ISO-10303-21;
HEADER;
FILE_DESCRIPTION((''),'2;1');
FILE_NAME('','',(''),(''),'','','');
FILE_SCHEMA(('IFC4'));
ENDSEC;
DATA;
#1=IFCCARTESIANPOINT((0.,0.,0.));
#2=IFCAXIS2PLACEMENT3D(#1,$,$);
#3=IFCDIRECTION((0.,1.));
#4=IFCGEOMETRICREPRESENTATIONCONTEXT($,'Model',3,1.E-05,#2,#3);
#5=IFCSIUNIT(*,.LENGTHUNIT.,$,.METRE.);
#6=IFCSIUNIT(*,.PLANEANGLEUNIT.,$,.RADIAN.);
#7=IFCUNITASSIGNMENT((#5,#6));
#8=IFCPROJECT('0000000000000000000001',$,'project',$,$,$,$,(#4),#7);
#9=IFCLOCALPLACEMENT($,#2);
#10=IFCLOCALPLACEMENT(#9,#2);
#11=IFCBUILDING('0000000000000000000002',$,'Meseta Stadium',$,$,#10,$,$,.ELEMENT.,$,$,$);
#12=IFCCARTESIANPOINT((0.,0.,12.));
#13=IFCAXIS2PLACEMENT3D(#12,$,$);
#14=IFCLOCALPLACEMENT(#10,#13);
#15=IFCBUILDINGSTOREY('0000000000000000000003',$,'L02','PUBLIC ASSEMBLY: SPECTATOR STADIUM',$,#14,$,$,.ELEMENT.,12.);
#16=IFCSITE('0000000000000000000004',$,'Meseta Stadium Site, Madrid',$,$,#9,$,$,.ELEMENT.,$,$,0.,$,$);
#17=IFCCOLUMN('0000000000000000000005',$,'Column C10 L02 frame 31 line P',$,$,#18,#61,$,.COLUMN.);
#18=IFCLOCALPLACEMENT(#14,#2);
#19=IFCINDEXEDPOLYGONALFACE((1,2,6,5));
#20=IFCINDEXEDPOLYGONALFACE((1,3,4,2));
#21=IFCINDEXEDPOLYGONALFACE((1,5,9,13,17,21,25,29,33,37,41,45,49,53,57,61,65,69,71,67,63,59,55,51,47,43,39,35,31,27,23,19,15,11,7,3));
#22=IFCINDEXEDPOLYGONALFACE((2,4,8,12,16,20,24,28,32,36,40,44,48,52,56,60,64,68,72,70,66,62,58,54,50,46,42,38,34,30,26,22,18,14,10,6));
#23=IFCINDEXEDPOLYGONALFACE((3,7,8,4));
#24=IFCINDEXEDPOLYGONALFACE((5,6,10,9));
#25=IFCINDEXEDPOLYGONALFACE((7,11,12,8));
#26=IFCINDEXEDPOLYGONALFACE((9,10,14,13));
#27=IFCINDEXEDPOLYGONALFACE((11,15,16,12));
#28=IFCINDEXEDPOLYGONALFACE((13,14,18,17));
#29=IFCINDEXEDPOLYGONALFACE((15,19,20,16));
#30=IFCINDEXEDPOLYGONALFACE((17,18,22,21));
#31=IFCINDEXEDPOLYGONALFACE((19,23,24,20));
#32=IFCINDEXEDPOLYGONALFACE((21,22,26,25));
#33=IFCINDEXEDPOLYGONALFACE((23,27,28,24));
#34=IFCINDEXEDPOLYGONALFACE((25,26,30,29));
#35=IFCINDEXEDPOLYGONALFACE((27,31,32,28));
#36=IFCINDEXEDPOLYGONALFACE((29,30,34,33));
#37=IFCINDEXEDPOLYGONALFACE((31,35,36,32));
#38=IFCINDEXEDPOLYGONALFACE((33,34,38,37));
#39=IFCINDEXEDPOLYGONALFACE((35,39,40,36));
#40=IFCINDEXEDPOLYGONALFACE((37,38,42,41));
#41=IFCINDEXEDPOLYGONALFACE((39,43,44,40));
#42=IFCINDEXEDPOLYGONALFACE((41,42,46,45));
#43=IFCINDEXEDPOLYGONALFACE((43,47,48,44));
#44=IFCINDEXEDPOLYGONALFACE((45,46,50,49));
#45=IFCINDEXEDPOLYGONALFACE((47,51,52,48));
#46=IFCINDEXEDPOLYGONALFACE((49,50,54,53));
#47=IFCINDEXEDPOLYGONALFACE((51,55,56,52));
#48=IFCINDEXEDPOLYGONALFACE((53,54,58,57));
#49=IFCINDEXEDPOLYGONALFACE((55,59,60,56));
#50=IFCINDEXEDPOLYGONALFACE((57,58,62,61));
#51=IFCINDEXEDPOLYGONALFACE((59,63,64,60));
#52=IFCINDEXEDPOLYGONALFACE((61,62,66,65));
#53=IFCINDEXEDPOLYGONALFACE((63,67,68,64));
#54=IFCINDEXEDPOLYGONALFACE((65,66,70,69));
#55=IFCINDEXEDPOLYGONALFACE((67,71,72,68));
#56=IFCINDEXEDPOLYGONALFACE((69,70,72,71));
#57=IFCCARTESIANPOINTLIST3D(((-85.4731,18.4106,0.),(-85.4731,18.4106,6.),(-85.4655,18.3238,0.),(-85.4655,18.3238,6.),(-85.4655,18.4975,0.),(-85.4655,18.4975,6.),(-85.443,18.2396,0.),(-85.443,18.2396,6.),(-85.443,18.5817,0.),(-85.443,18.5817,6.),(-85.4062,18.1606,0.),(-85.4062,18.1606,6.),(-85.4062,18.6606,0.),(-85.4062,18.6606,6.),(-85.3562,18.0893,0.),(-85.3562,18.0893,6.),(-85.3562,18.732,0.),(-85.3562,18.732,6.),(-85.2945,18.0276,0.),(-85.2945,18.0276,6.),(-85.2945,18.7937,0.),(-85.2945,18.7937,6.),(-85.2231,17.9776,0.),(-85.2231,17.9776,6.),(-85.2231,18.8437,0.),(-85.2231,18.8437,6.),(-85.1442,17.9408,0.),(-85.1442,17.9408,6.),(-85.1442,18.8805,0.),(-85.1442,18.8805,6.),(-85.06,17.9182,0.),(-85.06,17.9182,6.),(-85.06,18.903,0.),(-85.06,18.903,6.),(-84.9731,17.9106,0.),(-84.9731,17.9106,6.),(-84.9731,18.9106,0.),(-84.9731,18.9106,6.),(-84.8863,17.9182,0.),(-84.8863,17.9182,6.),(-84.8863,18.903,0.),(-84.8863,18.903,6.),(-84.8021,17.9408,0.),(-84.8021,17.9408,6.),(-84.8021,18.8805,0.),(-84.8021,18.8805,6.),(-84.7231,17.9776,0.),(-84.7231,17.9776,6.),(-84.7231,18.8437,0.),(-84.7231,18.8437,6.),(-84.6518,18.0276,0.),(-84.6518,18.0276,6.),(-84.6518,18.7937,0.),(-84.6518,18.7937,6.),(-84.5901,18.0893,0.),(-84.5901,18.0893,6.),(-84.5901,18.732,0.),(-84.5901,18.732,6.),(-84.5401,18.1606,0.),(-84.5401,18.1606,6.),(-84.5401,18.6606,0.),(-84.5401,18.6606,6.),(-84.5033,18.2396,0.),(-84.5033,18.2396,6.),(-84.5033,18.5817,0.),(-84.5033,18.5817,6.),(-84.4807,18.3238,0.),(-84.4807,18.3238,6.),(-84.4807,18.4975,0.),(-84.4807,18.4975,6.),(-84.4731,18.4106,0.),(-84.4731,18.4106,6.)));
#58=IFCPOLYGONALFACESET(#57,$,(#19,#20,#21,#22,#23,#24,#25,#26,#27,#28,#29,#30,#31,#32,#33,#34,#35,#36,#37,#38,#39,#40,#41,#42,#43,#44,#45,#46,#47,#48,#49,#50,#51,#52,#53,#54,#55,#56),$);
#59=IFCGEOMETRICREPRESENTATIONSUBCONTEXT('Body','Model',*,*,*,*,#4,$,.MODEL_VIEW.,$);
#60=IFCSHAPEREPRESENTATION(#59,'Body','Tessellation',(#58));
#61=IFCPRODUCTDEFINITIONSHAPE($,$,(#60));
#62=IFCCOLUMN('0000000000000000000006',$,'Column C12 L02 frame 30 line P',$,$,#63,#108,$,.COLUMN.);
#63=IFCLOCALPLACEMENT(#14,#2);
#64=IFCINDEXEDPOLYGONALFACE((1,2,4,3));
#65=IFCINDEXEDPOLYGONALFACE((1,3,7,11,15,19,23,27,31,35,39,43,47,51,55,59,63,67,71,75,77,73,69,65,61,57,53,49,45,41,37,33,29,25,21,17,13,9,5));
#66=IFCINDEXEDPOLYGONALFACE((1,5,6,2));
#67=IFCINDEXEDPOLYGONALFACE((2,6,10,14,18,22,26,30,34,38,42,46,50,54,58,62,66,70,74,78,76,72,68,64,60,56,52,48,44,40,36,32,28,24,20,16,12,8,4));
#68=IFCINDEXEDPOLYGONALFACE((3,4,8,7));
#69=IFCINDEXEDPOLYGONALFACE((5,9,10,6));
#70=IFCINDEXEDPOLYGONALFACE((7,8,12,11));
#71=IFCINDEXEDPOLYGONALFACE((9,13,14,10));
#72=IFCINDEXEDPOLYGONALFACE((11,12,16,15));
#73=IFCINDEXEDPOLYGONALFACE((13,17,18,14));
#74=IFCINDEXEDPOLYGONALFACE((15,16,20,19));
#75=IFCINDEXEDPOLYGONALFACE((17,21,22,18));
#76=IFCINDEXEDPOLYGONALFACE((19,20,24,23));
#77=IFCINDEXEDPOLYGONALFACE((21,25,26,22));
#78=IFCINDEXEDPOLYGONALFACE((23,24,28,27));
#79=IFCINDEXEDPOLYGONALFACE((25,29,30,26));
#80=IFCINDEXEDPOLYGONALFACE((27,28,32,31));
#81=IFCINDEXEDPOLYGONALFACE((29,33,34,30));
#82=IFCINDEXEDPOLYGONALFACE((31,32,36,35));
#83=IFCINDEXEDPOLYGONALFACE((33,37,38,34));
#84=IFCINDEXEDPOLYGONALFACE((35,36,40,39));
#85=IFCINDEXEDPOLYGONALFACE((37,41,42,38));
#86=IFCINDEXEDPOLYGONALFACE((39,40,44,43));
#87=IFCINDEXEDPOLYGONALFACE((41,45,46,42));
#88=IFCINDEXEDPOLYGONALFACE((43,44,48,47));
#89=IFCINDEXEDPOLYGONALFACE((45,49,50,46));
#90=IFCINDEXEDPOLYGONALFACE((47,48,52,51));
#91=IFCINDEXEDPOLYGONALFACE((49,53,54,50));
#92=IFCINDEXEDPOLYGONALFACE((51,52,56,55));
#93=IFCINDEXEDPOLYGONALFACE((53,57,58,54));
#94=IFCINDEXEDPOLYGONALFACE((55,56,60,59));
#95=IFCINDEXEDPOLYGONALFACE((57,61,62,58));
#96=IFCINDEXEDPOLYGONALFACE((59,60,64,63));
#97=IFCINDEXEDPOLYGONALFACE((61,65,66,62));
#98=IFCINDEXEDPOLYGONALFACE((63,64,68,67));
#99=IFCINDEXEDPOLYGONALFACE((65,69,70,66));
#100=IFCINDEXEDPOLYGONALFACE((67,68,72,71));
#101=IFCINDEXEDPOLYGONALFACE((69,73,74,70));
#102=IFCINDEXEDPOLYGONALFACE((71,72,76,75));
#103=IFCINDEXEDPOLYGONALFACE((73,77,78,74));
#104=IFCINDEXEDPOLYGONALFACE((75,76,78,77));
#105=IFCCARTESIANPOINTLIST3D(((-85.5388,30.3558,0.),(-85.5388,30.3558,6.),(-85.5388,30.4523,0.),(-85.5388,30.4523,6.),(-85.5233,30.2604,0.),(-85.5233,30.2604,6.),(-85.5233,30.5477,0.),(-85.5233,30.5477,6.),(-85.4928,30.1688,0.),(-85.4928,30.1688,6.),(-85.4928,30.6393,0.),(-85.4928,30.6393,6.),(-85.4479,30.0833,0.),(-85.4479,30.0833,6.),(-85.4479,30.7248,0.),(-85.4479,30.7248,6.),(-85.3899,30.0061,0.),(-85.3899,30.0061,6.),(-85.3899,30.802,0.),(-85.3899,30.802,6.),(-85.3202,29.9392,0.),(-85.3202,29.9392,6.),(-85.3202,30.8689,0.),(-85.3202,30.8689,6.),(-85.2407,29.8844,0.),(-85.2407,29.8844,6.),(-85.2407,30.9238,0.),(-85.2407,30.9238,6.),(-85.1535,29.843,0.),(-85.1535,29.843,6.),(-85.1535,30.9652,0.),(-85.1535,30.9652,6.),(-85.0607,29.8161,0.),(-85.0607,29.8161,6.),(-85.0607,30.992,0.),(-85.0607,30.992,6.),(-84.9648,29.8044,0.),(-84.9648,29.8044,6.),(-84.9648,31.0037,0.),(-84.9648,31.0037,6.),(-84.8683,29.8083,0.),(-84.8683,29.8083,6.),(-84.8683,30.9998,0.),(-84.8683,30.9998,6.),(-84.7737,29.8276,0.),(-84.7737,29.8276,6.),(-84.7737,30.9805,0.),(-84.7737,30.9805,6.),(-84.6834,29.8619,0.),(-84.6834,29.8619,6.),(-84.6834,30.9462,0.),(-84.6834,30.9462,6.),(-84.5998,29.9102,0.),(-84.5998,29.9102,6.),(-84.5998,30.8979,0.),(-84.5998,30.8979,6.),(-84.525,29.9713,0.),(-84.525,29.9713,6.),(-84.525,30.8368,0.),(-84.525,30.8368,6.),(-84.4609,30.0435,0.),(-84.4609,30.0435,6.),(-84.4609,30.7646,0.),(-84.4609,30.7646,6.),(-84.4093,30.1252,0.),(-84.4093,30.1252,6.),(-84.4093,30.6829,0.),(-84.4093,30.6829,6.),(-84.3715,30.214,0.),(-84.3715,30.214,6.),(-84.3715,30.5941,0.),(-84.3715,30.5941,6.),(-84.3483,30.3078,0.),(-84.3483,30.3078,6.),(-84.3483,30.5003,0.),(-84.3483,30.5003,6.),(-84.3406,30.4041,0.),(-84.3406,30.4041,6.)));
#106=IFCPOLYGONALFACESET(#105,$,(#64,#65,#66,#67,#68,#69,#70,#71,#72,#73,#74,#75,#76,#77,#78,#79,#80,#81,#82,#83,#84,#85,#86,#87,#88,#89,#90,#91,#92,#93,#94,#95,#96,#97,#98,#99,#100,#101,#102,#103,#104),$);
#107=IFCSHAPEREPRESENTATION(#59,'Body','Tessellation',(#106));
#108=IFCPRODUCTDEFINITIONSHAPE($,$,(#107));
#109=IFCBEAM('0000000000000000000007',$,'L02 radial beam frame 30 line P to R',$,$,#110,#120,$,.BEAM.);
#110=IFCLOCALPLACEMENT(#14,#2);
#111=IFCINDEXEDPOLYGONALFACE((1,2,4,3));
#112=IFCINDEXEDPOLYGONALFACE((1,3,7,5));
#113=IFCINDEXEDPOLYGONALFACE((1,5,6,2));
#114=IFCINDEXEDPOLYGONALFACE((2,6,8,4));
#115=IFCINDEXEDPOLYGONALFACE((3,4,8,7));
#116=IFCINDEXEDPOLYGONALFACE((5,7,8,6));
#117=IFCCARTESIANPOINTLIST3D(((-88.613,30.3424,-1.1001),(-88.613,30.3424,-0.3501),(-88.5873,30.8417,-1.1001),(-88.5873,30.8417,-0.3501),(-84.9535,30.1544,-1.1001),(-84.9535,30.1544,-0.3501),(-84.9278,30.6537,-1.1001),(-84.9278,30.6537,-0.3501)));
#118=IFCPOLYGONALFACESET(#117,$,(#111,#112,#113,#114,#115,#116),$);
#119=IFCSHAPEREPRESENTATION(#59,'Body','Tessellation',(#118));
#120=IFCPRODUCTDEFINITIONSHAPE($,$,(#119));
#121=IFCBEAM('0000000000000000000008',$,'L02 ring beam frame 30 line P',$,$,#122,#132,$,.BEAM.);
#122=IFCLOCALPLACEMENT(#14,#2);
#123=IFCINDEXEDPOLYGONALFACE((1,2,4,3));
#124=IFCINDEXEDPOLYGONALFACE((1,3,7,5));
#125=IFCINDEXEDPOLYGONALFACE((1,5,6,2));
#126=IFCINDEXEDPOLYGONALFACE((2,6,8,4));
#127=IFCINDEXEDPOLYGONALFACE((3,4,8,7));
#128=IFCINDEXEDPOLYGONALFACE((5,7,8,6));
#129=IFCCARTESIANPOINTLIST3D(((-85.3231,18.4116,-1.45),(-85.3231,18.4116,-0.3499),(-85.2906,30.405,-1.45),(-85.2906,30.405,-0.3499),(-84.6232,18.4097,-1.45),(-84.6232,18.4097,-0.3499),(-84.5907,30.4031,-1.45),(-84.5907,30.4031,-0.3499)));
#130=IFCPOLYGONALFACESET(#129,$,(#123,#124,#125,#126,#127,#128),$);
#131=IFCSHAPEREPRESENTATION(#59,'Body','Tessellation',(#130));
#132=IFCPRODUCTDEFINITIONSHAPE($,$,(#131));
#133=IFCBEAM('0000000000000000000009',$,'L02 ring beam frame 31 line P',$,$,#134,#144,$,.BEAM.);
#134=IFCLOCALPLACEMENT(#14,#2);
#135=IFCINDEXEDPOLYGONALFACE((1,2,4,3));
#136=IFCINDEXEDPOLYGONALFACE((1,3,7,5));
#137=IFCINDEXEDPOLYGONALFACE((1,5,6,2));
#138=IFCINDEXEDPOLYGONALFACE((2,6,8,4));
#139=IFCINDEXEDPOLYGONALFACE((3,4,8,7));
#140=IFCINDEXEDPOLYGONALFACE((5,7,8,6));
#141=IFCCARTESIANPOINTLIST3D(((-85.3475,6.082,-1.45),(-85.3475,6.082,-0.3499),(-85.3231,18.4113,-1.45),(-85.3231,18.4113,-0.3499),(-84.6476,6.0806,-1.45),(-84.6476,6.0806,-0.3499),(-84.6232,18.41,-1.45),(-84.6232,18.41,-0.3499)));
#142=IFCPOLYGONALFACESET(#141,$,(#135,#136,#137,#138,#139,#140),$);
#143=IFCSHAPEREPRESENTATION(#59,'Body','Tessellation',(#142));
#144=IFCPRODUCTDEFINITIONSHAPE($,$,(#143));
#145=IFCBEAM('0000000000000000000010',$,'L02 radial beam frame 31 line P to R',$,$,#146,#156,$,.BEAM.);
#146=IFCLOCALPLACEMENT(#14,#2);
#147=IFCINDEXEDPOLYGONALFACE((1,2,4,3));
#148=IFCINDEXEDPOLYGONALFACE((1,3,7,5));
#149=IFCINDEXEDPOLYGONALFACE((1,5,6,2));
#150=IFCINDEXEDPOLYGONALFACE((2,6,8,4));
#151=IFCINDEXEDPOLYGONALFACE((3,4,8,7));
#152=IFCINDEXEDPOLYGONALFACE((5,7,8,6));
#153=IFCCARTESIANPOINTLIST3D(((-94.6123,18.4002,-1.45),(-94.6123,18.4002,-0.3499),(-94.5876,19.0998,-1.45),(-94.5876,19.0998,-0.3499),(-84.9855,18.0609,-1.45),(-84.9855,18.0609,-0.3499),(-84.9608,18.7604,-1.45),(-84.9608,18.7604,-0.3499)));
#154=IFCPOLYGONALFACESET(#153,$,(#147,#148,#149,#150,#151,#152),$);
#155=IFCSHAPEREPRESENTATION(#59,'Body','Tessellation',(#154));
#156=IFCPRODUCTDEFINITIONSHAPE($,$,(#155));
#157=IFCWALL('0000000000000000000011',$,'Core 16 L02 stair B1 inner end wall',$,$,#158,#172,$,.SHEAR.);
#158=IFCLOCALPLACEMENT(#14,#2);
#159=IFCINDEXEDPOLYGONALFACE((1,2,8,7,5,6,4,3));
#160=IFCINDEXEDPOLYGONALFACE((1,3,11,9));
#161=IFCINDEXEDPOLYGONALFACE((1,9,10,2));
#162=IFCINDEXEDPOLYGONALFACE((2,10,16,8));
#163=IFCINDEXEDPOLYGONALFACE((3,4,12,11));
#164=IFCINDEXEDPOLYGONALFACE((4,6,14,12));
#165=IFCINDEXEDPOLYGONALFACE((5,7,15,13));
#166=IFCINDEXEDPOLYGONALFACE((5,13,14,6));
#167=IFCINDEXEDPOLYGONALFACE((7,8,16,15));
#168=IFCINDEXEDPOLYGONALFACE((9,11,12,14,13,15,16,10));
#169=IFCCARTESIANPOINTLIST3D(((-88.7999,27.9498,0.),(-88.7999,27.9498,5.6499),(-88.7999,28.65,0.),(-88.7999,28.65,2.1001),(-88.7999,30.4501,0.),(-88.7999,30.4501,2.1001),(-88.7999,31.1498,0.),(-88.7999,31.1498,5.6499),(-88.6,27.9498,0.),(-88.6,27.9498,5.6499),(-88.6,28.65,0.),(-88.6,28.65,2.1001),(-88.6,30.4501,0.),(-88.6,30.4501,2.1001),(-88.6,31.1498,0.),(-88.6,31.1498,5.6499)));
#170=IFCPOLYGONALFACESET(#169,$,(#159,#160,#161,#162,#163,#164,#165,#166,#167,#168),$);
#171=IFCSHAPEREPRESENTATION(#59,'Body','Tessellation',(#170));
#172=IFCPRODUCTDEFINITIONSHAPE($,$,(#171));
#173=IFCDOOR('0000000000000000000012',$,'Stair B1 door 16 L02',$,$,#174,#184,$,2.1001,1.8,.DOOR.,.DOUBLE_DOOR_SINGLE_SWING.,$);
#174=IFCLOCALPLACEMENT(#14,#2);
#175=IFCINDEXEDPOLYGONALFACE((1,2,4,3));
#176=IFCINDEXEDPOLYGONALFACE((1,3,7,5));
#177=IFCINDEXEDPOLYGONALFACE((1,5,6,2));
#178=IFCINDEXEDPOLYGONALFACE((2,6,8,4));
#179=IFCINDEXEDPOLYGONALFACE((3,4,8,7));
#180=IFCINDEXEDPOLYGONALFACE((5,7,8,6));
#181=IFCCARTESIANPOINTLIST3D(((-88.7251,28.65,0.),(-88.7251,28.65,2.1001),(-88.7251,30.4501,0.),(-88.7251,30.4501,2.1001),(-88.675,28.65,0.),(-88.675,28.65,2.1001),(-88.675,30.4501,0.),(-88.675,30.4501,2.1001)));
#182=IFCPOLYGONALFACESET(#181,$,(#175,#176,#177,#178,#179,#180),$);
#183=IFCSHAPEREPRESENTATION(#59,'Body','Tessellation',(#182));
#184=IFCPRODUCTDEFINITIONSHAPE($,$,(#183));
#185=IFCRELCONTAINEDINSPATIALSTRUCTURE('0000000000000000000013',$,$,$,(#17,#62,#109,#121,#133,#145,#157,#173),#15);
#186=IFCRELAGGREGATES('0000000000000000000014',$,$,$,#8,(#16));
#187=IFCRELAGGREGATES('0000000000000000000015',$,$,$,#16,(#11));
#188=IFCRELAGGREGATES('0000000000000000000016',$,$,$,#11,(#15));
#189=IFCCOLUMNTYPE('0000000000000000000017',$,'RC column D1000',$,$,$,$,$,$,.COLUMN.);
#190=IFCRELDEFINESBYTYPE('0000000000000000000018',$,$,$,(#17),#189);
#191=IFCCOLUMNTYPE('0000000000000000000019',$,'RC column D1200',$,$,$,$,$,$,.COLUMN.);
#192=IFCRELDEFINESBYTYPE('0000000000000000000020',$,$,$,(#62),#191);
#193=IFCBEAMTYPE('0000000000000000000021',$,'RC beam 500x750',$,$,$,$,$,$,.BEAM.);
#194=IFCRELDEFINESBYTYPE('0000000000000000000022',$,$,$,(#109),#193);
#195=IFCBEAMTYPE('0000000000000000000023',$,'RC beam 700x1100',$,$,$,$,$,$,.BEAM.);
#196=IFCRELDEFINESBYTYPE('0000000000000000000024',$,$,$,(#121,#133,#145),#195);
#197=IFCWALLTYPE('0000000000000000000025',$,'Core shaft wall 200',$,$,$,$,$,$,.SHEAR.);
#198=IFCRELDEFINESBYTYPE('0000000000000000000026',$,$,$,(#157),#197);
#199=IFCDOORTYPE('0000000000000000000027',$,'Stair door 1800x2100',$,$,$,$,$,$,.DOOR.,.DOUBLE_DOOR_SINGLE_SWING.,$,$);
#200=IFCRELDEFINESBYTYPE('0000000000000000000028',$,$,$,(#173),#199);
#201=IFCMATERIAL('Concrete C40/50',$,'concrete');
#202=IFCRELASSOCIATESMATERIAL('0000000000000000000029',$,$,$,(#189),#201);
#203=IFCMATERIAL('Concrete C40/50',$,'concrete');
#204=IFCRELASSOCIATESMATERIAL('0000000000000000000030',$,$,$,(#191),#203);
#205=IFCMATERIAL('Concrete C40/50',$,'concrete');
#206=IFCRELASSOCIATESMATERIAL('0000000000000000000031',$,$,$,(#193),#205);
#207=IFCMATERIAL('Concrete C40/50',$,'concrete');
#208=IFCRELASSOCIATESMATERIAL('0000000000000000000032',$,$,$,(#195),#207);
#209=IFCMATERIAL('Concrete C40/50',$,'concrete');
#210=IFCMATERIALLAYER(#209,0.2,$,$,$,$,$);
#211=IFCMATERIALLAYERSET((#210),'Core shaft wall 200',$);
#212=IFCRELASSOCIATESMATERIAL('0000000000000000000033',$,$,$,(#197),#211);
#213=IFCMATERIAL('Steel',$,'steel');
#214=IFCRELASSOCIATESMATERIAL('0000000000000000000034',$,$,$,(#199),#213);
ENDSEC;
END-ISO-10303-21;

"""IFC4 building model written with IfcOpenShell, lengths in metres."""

from ifc_helpers import new_model, si_unit, direction, frame, frame_2d, origin, origin_2d, place, context, subcontext, project, spatial, rectangle, circle, extrude, material, layer, layer_set, material_profile, profile_set, type_object, element, fill, save


model = new_model("IFC4")

# Units and contexts
model_context = context("Model", 3, precision=1e-05, world=origin(), true_north=direction((0.0, 1.0)))
body_context = subcontext(model_context, "Body", "Model", "MODEL_VIEW")
ifc_project = project(units=[si_unit("LENGTHUNIT", "METRE"), si_unit("PLANEANGLEUNIT", "RADIAN")], contexts=[model_context])

# Site, building, storey
site_placement = place(None, origin())
site = spatial("IfcSite", under=ifc_project, at=site_placement, Name="Meseta Stadium Site, Madrid", CompositionType="ELEMENT", RefElevation=0.0)
building_placement = place(site_placement, origin())
building = spatial("IfcBuilding", under=site, at=building_placement, Name="Meseta Stadium", CompositionType="ELEMENT")
storey_placement = place(building_placement, frame((0.0, 0.0, 12.0)))
storey = spatial("IfcBuildingStorey", under=building, at=storey_placement, Name="L02", Description="PUBLIC ASSEMBLY: SPECTATOR STADIUM", CompositionType="ELEMENT", Elevation=12.0)

# Columns
ifc_material_1 = material(Name="Concrete C40/50", Category="concrete")
ifc_material_profile_1 = material_profile(ifc_material_1, circle(Radius=0.5, at=origin_2d()), Name="RC D1000")
ifc_profile_set_1 = profile_set([ifc_material_profile_1], Name="Concrete C40/50")
column_type_1 = type_object("IfcColumnType", Name="RC column D1000", PredefinedType="COLUMN", material=ifc_profile_set_1)
column_1_placement = place(storey_placement, frame((-84.9731, 18.4106, 0.0), z_axis=(0.0, 0.0, 1.0), x_axis=(1.0, 0.0, 0.0)))
element("IfcColumn", 1, at=column_1_placement, inside=storey, type_object=column_type_1, Name="Column C10 L02 frame 31 line P", PredefinedType="COLUMN", context=body_context, shape_type="SweptSolid", body=[
    extrude(circle(Radius=0.5, at=origin_2d()), origin(), (0.0, 0.0, 1.0), 6.0),
])
ifc_material_2 = material(Name="Concrete C40/50", Category="concrete")
ifc_material_profile_2 = material_profile(ifc_material_2, circle(Radius=0.6001, at=origin_2d()), Name="RC D1200")
ifc_profile_set_2 = profile_set([ifc_material_profile_2], Name="Concrete C40/50")
column_type_2 = type_object("IfcColumnType", Name="RC column D1200", PredefinedType="COLUMN", material=ifc_profile_set_2)
column_2_placement = place(storey_placement, frame((-84.9407, 30.4041, 0.0), z_axis=(0.0, 0.0, 1.0), x_axis=(1.0, 0.0, 0.0)))
element("IfcColumn", 2, at=column_2_placement, inside=storey, type_object=column_type_2, Name="Column C12 L02 frame 30 line P", PredefinedType="COLUMN", context=body_context, shape_type="SweptSolid", body=[
    extrude(circle(Radius=0.6001, at=origin_2d()), origin(), (0.0, 0.0, 1.0), 6.0),
])

# Beams
ifc_material_3 = material(Name="Concrete C40/50", Category="concrete")
ifc_material_profile_3 = material_profile(ifc_material_3, rectangle(XDim=0.5, YDim=0.75, at=origin_2d()), Name="RC 500x750")
ifc_profile_set_3 = profile_set([ifc_material_profile_3], Name="Concrete C40/50")
beam_type_1 = type_object("IfcBeamType", Name="RC beam 500x750", PredefinedType="BEAM", material=ifc_profile_set_3)
beam_1_placement = place(storey_placement, frame((-84.9407, 30.4041, -0.7251), z_axis=(-0.998683, 0.051303, 0.0), x_axis=(-0.051303, -0.998683, 0.0)))
element("IfcBeam", 3, at=beam_1_placement, inside=storey, type_object=beam_type_1, Name="L02 radial beam frame 30 line P to R", PredefinedType="BEAM", context=body_context, shape_type="SweptSolid", body=[
    extrude(rectangle(XDim=0.5, YDim=0.75, at=origin_2d()), origin(), (0.0, 0.0, 1.0), 3.6643),
])
ifc_material_4 = material(Name="Concrete C40/50", Category="concrete")
ifc_material_profile_4 = material_profile(ifc_material_4, rectangle(XDim=0.7, YDim=1.1001, at=origin_2d()), Name="RC 700x1100")
ifc_profile_set_4 = profile_set([ifc_material_profile_4], Name="Concrete C40/50")
beam_type_2 = type_object("IfcBeamType", Name="RC beam 700x1100", PredefinedType="BEAM", material=ifc_profile_set_4)
beam_2_placement = place(storey_placement, frame((-84.9407, 30.4041, -0.8999), z_axis=(-0.002707, -0.999996, 0.0), x_axis=(0.999996, -0.002707, 0.0)))
element("IfcBeam", 4, at=beam_2_placement, inside=storey, type_object=beam_type_2, Name="L02 ring beam frame 30 line P", PredefinedType="BEAM", context=body_context, shape_type="SweptSolid", body=[
    extrude(rectangle(XDim=0.7, YDim=1.1001, at=origin_2d()), origin(), (0.0, 0.0, 1.0), 11.9934),
])
beam_3_placement = place(storey_placement, frame((-84.9731, 18.4106, -0.8999), z_axis=(-0.00198, -0.999998, 0.0), x_axis=(0.999998, -0.00198, 0.0)))
element("IfcBeam", 5, at=beam_3_placement, inside=storey, type_object=beam_type_2, Name="L02 ring beam frame 31 line P", PredefinedType="BEAM", context=body_context, shape_type="SweptSolid", body=[
    extrude(rectangle(XDim=0.7, YDim=1.1001, at=origin_2d()), origin(), (0.0, 0.0, 1.0), 12.3293),
])
beam_4_placement = place(storey_placement, frame((-84.9731, 18.4106, -0.8999), z_axis=(-0.999379, 0.035229, 0.0), x_axis=(-0.035229, -0.999379, 0.0)))
element("IfcBeam", 6, at=beam_4_placement, inside=storey, type_object=beam_type_2, Name="L02 radial beam frame 31 line P to R", PredefinedType="BEAM", context=body_context, shape_type="SweptSolid", body=[
    extrude(rectangle(XDim=0.7, YDim=1.1001, at=origin_2d()), origin(), (0.0, 0.0, 1.0), 9.6328),
])

# Wall, opening, door
ifc_material_5 = material(Name="Concrete C40/50", Category="concrete")
ifc_layer_1 = layer(ifc_material_5, 0.2)
ifc_layer_set_1 = layer_set([ifc_layer_1], Name="Core shaft wall 200")
wall_type_1 = type_object("IfcWallType", Name="Core shaft wall 200", PredefinedType="SHEAR", material=ifc_layer_set_1)
wall_1_placement = place(storey_placement, frame((-88.7, 31.1499, 0.0), z_axis=(0.0, 0.0, 1.0), x_axis=(0.0, -1.0, 0.0)))
wall_1 = element("IfcWall", 7, at=wall_1_placement, inside=storey, type_object=wall_type_1, Name="Core 16 L02 stair B1 inner end wall", PredefinedType="SHEAR", context=body_context, shape_type="SweptSolid", body=[
    extrude(rectangle(XDim=3.2, YDim=0.2, at=frame_2d((1.6001, 0.0))), origin(), (0.0, 0.0, 1.0), 5.6499),
])
opening_1_placement = place(wall_1_placement, frame((0.7, 0.0, 0.0)))
opening_1 = element("IfcOpeningElement", 8, at=opening_1_placement, cuts=wall_1, PredefinedType="OPENING", context=body_context, shape_type="SweptSolid", body=[
    extrude(rectangle(XDim=1.8, YDim=2.1001, at=frame_2d((0.8999, 1.05))), frame((0.0, 0.1099, 0.0), z_axis=(0.0, -1.0, 0.0), x_axis=(1.0, 0.0, 0.0)), (0.0, 0.0, 1.0), 0.22),
])
ifc_material_6 = material(Name="Steel", Category="steel")
door_type_1 = type_object("IfcDoorType", Name="Stair door 1800x2100", OperationType="DOUBLE_DOOR_SINGLE_SWING", PredefinedType="DOOR", material=ifc_material_6)
door_1_placement = place(opening_1_placement, origin())
door_1 = element("IfcDoor", 9, at=door_1_placement, inside=storey, type_object=door_type_1, Name="Stair B1 door 16 L02", OperationType="DOUBLE_DOOR_SINGLE_SWING", OverallHeight=2.1001, OverallWidth=1.8, PredefinedType="DOOR", context=body_context, shape_type="SweptSolid", body=[
    extrude(rectangle(XDim=1.8, YDim=2.1001, at=frame_2d((0.8999, 1.05))), frame((0.0, 0.0249, 0.0), z_axis=(0.0, -1.0, 0.0), x_axis=(1.0, 0.0, 0.0)), (0.0, 0.0, 1.0), 0.05),
])
fill(opening_1, door_1)

save(model, "model.ifc")
